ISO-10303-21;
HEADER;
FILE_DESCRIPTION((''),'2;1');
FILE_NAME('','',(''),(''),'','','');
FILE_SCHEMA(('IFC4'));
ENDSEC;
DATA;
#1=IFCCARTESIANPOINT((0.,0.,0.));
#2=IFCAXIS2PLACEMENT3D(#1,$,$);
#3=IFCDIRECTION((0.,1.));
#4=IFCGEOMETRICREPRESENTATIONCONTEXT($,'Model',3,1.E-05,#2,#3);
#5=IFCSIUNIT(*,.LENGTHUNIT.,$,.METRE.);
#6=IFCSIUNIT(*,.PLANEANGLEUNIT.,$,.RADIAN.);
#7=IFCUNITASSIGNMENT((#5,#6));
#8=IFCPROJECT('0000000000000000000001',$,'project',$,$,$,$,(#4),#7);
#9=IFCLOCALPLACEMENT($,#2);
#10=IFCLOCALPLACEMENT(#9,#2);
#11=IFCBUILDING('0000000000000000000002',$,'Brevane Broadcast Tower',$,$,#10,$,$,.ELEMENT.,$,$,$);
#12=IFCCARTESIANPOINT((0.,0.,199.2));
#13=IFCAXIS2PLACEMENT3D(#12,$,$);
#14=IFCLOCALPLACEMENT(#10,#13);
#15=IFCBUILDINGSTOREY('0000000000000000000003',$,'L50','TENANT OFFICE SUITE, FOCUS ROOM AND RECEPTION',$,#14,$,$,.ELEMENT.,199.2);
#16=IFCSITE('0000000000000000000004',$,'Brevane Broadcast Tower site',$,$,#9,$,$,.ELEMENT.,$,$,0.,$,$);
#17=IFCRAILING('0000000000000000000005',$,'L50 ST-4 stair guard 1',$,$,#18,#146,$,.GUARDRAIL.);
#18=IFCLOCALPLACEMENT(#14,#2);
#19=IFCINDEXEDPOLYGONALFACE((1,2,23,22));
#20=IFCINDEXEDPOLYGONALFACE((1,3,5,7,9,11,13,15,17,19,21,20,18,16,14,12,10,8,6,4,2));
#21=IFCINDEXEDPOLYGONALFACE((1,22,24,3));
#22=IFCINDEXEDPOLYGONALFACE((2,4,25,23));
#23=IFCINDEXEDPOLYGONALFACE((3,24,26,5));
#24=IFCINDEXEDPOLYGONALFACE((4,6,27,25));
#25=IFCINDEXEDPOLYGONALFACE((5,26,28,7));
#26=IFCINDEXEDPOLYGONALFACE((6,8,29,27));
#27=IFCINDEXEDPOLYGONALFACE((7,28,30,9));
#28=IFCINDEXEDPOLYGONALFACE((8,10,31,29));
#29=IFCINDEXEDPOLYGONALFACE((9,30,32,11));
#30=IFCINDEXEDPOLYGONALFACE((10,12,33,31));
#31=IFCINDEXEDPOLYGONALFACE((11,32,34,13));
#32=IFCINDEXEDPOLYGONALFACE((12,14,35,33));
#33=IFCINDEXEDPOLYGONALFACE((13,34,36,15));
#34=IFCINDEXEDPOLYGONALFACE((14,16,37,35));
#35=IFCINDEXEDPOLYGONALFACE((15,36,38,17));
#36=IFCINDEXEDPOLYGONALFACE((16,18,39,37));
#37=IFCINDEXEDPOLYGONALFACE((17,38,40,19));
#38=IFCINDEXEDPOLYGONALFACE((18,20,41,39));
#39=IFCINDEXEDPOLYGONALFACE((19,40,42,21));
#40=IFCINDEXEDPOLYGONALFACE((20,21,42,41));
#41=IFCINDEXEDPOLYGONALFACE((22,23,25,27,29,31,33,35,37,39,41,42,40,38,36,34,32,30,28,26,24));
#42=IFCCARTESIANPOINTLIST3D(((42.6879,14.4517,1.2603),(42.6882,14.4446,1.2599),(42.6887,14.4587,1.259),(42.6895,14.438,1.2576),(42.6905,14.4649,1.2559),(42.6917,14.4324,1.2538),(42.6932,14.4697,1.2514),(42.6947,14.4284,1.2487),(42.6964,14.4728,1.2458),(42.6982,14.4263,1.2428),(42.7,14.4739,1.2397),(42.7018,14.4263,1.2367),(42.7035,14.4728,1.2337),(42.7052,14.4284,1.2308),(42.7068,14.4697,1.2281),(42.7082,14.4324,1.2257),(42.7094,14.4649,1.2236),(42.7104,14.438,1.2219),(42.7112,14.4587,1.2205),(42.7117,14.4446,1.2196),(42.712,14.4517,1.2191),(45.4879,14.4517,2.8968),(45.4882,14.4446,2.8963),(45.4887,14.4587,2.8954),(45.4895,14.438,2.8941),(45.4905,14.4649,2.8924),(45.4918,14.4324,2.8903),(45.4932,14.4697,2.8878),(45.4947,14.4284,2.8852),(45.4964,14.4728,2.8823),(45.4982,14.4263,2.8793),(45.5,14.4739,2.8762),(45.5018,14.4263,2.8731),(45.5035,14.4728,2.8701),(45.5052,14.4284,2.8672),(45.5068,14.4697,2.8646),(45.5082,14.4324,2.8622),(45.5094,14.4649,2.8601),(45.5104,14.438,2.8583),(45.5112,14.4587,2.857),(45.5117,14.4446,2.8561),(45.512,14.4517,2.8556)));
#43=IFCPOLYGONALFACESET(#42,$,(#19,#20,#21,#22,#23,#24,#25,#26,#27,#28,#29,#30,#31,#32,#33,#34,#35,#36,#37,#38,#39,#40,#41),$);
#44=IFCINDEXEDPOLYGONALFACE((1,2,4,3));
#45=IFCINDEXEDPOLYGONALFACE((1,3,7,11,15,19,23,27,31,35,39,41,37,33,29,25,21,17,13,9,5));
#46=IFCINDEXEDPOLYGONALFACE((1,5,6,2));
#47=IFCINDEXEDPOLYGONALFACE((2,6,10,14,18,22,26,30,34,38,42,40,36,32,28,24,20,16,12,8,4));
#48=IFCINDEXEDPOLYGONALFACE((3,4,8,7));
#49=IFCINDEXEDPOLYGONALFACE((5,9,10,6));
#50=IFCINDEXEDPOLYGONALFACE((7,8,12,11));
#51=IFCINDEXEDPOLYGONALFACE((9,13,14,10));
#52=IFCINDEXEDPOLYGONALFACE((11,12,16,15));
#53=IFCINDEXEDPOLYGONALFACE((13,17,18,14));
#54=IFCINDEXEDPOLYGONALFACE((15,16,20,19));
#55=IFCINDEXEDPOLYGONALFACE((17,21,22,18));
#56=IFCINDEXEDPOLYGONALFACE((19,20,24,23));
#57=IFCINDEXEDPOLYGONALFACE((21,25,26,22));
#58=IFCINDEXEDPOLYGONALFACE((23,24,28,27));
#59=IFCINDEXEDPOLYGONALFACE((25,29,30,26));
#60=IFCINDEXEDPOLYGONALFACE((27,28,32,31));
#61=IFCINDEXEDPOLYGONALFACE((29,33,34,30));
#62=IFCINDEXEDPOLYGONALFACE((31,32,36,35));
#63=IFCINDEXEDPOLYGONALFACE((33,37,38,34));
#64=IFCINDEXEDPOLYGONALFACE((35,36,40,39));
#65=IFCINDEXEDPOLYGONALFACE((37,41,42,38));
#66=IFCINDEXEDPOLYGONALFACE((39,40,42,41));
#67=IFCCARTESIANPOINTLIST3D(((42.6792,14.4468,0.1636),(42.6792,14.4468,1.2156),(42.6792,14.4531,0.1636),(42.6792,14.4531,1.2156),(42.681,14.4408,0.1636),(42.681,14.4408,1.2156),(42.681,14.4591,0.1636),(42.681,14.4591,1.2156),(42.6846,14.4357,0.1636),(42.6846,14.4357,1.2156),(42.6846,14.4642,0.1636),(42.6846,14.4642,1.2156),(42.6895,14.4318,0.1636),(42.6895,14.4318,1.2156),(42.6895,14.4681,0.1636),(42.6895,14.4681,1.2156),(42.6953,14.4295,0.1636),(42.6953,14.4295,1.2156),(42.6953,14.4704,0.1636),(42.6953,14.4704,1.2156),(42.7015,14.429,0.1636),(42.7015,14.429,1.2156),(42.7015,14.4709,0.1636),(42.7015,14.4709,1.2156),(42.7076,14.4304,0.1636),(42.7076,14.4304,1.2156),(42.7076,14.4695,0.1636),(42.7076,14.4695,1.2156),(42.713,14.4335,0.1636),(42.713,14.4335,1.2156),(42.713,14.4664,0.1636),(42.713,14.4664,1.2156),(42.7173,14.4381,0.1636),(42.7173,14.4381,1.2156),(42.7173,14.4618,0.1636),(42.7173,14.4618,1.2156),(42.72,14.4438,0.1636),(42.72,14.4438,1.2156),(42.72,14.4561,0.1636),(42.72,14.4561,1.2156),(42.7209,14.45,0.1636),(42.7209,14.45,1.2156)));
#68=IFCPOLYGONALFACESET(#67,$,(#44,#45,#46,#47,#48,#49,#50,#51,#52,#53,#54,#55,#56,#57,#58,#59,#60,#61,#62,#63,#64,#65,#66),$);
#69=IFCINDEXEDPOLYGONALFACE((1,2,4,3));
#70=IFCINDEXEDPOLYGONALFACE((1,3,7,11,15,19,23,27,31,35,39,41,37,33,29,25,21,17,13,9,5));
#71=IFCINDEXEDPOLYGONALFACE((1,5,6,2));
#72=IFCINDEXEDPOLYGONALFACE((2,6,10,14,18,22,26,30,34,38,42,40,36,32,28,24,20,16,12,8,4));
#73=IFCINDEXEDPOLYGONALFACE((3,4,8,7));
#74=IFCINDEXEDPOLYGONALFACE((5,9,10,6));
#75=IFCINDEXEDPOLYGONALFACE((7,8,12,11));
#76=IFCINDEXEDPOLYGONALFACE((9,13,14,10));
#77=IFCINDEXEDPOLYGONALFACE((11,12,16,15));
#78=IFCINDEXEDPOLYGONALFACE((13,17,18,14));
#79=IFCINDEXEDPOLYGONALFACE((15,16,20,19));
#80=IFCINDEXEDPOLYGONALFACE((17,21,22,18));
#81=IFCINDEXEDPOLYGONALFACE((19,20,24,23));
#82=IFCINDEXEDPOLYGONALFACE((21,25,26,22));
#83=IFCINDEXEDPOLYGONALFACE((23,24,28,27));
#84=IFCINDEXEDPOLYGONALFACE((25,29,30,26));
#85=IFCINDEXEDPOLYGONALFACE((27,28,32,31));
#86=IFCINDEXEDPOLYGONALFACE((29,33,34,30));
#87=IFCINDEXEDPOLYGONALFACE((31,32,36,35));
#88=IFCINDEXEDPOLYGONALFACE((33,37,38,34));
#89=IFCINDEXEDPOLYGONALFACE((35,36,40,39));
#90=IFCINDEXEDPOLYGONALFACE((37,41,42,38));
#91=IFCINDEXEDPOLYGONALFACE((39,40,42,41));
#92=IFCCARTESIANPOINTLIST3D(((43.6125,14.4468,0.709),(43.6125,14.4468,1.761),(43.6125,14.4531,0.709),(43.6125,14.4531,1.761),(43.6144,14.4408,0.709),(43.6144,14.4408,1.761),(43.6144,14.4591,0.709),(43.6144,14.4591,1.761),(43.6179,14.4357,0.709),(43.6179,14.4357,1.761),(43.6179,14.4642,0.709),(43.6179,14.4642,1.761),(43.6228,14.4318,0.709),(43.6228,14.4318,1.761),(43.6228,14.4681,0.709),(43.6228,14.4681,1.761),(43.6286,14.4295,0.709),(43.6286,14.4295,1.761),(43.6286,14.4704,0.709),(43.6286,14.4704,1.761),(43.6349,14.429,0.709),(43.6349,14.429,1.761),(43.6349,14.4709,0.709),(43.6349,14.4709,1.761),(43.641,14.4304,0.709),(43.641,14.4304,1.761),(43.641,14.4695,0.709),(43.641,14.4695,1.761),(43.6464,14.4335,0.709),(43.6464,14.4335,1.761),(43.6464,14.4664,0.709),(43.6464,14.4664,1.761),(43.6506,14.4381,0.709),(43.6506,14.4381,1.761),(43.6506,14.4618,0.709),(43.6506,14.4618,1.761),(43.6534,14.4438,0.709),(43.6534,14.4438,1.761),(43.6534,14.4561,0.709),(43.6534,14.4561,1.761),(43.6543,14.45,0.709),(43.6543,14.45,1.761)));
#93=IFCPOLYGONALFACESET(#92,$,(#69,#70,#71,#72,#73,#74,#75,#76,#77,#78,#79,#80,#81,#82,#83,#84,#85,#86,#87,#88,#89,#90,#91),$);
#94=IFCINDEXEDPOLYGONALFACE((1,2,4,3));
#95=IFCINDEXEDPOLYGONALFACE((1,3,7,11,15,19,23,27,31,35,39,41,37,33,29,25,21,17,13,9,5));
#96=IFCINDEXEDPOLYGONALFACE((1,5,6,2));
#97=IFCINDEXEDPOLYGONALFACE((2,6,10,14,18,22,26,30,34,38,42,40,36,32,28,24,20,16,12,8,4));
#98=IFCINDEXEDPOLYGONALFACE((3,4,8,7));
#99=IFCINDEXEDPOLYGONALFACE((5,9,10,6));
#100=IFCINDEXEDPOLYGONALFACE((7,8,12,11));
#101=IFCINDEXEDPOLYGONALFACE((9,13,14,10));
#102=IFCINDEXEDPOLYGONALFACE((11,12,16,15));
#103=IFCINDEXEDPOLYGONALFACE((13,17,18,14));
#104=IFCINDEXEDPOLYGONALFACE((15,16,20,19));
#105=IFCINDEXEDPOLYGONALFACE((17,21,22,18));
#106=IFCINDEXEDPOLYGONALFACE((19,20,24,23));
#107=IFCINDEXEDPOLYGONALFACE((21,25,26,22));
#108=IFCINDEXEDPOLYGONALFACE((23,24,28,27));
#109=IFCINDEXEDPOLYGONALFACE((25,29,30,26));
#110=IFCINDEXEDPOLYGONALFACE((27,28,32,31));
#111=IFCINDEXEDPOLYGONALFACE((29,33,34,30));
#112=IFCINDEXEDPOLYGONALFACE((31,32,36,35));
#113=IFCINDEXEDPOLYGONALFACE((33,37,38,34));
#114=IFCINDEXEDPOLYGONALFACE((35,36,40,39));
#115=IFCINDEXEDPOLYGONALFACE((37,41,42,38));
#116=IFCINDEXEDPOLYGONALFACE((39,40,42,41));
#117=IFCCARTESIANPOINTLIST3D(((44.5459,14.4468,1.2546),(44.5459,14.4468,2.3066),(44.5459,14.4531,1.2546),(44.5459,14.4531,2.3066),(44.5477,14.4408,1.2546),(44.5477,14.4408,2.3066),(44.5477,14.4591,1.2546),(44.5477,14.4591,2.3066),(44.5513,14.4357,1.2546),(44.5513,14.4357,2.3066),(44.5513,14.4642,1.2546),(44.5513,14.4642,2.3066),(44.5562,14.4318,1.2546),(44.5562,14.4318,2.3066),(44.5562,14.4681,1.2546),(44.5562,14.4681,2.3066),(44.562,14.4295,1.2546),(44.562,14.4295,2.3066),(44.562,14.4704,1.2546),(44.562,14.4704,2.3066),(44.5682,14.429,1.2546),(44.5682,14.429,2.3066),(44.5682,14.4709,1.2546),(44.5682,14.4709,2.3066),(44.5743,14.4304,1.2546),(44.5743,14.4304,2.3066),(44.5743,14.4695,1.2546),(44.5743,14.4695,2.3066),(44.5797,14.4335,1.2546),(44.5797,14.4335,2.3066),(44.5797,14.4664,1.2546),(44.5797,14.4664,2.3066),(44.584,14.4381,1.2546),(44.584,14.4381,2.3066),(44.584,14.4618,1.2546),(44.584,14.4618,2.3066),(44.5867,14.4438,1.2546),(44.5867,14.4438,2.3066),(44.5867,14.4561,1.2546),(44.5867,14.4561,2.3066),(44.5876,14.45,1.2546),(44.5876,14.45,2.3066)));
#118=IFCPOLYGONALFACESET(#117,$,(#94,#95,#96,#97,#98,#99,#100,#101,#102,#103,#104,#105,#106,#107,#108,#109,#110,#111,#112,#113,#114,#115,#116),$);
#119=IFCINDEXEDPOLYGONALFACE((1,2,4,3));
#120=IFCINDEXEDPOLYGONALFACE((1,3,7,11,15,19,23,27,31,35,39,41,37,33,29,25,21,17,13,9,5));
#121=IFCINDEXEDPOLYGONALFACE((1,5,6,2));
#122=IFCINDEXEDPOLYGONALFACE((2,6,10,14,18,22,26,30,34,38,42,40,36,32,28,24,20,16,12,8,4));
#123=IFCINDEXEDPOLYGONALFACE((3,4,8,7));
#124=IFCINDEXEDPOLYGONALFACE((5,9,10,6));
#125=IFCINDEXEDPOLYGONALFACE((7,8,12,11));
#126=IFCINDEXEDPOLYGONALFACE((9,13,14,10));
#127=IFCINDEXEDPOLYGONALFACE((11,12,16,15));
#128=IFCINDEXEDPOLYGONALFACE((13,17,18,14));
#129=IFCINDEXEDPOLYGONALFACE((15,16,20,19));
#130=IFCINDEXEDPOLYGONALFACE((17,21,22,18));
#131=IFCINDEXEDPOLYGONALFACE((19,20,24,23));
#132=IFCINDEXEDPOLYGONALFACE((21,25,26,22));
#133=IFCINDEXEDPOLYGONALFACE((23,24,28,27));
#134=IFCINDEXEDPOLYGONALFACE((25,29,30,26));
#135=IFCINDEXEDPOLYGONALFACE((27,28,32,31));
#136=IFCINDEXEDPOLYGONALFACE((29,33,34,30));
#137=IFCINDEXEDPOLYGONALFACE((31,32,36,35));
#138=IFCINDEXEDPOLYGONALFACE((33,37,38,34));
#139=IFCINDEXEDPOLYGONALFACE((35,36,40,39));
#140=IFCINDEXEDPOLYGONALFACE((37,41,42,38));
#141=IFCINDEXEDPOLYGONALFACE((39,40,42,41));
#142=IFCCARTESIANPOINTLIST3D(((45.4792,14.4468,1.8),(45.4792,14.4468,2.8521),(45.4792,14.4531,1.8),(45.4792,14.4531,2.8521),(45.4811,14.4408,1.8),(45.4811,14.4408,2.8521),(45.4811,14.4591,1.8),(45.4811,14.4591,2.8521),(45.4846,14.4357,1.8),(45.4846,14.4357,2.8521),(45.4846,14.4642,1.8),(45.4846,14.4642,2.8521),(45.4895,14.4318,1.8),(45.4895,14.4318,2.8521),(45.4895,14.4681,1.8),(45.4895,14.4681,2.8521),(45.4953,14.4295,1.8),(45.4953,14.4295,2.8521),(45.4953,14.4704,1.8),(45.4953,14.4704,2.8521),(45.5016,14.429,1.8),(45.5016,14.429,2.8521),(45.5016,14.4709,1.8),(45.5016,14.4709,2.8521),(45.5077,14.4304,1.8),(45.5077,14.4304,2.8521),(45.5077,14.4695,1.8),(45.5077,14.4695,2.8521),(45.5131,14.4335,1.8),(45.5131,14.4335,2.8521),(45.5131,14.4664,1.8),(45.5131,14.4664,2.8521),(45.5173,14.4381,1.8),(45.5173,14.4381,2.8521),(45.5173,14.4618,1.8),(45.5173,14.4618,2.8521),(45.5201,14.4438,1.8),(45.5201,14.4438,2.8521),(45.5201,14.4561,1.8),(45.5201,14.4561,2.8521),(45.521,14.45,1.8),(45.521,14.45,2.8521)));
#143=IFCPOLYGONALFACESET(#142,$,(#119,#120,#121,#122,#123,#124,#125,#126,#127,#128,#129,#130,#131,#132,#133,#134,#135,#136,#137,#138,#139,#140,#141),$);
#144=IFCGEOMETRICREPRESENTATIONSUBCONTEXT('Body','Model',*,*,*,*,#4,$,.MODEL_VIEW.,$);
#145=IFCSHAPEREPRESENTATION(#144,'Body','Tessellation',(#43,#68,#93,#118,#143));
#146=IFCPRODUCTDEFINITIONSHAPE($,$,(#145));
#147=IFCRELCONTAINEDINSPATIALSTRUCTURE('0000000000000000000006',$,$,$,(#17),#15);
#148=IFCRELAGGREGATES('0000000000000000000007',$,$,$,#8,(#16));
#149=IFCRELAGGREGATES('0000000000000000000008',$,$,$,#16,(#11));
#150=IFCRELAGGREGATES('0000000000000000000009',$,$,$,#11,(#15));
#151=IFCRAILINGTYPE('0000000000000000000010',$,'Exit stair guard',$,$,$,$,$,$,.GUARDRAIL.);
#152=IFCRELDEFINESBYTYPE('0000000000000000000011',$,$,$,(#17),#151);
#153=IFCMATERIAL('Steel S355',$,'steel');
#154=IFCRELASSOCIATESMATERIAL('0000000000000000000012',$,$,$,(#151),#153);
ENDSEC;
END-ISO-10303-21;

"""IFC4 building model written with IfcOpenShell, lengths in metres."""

from ifc_helpers import new_model, si_unit, direction, frame, origin, origin_2d, place, context, subcontext, project, spatial, circle, extrude, material, type_object, element, save


model = new_model("IFC4")

# Units and contexts
model_context = context("Model", 3, precision=1e-05, world=origin(), true_north=direction((0.0, 1.0)))
body_context = subcontext(model_context, "Body", "Model", "MODEL_VIEW")
ifc_project = project(units=[si_unit("LENGTHUNIT", "METRE"), si_unit("PLANEANGLEUNIT", "RADIAN")], contexts=[model_context])

# Site, building, storey
site_placement = place(None, origin())
site = spatial("IfcSite", under=ifc_project, at=site_placement, Name="Brevane Broadcast Tower site", CompositionType="ELEMENT", RefElevation=0.0)
building_placement = place(site_placement, origin())
building = spatial("IfcBuilding", under=site, at=building_placement, Name="Brevane Broadcast Tower", CompositionType="ELEMENT")
storey_placement = place(building_placement, frame((0.0, 0.0, 199.2)))
storey = spatial("IfcBuildingStorey", under=building, at=storey_placement, Name="L50", Description="TENANT OFFICE SUITE, FOCUS ROOM AND RECEPTION", CompositionType="ELEMENT", Elevation=199.2)

# Railing
ifc_material_1 = material(Name="Steel S355", Category="steel")
railing_type_1 = type_object("IfcRailingType", Name="Exit stair guard", PredefinedType="GUARDRAIL", material=ifc_material_1)
railing_1_placement = place(storey_placement, frame((42.7, 14.45, 0.1636)))
element("IfcRailing", 1, at=railing_1_placement, inside=storey, type_object=railing_type_1, Name="L50 ST-4 stair guard 1", PredefinedType="GUARDRAIL", context=body_context, shape_type="SweptSolid", body=[
    extrude(circle(Radius=0.0239, at=origin_2d()), frame((0.0, 0.0, 1.0762), z_axis=(0.863361, 0.0, 0.504587), x_axis=(0.0, 1.0, 0.0)), (0.0, 0.0, 1.0), 3.2432),
    extrude(circle(Radius=0.021, at=origin_2d()), origin(), (0.0, 0.0, 1.0), 1.052),
    extrude(circle(Radius=0.021, at=origin_2d()), frame((0.9333, 0.0, 0.5454)), (0.0, 0.0, 1.0), 1.052),
    extrude(circle(Radius=0.021, at=origin_2d()), frame((1.8667, 0.0, 1.0911)), (0.0, 0.0, 1.0), 1.052),
    extrude(circle(Radius=0.021, at=origin_2d()), frame((2.8, 0.0, 1.6365)), (0.0, 0.0, 1.0), 1.052),
])

save(model, "model.ifc")
